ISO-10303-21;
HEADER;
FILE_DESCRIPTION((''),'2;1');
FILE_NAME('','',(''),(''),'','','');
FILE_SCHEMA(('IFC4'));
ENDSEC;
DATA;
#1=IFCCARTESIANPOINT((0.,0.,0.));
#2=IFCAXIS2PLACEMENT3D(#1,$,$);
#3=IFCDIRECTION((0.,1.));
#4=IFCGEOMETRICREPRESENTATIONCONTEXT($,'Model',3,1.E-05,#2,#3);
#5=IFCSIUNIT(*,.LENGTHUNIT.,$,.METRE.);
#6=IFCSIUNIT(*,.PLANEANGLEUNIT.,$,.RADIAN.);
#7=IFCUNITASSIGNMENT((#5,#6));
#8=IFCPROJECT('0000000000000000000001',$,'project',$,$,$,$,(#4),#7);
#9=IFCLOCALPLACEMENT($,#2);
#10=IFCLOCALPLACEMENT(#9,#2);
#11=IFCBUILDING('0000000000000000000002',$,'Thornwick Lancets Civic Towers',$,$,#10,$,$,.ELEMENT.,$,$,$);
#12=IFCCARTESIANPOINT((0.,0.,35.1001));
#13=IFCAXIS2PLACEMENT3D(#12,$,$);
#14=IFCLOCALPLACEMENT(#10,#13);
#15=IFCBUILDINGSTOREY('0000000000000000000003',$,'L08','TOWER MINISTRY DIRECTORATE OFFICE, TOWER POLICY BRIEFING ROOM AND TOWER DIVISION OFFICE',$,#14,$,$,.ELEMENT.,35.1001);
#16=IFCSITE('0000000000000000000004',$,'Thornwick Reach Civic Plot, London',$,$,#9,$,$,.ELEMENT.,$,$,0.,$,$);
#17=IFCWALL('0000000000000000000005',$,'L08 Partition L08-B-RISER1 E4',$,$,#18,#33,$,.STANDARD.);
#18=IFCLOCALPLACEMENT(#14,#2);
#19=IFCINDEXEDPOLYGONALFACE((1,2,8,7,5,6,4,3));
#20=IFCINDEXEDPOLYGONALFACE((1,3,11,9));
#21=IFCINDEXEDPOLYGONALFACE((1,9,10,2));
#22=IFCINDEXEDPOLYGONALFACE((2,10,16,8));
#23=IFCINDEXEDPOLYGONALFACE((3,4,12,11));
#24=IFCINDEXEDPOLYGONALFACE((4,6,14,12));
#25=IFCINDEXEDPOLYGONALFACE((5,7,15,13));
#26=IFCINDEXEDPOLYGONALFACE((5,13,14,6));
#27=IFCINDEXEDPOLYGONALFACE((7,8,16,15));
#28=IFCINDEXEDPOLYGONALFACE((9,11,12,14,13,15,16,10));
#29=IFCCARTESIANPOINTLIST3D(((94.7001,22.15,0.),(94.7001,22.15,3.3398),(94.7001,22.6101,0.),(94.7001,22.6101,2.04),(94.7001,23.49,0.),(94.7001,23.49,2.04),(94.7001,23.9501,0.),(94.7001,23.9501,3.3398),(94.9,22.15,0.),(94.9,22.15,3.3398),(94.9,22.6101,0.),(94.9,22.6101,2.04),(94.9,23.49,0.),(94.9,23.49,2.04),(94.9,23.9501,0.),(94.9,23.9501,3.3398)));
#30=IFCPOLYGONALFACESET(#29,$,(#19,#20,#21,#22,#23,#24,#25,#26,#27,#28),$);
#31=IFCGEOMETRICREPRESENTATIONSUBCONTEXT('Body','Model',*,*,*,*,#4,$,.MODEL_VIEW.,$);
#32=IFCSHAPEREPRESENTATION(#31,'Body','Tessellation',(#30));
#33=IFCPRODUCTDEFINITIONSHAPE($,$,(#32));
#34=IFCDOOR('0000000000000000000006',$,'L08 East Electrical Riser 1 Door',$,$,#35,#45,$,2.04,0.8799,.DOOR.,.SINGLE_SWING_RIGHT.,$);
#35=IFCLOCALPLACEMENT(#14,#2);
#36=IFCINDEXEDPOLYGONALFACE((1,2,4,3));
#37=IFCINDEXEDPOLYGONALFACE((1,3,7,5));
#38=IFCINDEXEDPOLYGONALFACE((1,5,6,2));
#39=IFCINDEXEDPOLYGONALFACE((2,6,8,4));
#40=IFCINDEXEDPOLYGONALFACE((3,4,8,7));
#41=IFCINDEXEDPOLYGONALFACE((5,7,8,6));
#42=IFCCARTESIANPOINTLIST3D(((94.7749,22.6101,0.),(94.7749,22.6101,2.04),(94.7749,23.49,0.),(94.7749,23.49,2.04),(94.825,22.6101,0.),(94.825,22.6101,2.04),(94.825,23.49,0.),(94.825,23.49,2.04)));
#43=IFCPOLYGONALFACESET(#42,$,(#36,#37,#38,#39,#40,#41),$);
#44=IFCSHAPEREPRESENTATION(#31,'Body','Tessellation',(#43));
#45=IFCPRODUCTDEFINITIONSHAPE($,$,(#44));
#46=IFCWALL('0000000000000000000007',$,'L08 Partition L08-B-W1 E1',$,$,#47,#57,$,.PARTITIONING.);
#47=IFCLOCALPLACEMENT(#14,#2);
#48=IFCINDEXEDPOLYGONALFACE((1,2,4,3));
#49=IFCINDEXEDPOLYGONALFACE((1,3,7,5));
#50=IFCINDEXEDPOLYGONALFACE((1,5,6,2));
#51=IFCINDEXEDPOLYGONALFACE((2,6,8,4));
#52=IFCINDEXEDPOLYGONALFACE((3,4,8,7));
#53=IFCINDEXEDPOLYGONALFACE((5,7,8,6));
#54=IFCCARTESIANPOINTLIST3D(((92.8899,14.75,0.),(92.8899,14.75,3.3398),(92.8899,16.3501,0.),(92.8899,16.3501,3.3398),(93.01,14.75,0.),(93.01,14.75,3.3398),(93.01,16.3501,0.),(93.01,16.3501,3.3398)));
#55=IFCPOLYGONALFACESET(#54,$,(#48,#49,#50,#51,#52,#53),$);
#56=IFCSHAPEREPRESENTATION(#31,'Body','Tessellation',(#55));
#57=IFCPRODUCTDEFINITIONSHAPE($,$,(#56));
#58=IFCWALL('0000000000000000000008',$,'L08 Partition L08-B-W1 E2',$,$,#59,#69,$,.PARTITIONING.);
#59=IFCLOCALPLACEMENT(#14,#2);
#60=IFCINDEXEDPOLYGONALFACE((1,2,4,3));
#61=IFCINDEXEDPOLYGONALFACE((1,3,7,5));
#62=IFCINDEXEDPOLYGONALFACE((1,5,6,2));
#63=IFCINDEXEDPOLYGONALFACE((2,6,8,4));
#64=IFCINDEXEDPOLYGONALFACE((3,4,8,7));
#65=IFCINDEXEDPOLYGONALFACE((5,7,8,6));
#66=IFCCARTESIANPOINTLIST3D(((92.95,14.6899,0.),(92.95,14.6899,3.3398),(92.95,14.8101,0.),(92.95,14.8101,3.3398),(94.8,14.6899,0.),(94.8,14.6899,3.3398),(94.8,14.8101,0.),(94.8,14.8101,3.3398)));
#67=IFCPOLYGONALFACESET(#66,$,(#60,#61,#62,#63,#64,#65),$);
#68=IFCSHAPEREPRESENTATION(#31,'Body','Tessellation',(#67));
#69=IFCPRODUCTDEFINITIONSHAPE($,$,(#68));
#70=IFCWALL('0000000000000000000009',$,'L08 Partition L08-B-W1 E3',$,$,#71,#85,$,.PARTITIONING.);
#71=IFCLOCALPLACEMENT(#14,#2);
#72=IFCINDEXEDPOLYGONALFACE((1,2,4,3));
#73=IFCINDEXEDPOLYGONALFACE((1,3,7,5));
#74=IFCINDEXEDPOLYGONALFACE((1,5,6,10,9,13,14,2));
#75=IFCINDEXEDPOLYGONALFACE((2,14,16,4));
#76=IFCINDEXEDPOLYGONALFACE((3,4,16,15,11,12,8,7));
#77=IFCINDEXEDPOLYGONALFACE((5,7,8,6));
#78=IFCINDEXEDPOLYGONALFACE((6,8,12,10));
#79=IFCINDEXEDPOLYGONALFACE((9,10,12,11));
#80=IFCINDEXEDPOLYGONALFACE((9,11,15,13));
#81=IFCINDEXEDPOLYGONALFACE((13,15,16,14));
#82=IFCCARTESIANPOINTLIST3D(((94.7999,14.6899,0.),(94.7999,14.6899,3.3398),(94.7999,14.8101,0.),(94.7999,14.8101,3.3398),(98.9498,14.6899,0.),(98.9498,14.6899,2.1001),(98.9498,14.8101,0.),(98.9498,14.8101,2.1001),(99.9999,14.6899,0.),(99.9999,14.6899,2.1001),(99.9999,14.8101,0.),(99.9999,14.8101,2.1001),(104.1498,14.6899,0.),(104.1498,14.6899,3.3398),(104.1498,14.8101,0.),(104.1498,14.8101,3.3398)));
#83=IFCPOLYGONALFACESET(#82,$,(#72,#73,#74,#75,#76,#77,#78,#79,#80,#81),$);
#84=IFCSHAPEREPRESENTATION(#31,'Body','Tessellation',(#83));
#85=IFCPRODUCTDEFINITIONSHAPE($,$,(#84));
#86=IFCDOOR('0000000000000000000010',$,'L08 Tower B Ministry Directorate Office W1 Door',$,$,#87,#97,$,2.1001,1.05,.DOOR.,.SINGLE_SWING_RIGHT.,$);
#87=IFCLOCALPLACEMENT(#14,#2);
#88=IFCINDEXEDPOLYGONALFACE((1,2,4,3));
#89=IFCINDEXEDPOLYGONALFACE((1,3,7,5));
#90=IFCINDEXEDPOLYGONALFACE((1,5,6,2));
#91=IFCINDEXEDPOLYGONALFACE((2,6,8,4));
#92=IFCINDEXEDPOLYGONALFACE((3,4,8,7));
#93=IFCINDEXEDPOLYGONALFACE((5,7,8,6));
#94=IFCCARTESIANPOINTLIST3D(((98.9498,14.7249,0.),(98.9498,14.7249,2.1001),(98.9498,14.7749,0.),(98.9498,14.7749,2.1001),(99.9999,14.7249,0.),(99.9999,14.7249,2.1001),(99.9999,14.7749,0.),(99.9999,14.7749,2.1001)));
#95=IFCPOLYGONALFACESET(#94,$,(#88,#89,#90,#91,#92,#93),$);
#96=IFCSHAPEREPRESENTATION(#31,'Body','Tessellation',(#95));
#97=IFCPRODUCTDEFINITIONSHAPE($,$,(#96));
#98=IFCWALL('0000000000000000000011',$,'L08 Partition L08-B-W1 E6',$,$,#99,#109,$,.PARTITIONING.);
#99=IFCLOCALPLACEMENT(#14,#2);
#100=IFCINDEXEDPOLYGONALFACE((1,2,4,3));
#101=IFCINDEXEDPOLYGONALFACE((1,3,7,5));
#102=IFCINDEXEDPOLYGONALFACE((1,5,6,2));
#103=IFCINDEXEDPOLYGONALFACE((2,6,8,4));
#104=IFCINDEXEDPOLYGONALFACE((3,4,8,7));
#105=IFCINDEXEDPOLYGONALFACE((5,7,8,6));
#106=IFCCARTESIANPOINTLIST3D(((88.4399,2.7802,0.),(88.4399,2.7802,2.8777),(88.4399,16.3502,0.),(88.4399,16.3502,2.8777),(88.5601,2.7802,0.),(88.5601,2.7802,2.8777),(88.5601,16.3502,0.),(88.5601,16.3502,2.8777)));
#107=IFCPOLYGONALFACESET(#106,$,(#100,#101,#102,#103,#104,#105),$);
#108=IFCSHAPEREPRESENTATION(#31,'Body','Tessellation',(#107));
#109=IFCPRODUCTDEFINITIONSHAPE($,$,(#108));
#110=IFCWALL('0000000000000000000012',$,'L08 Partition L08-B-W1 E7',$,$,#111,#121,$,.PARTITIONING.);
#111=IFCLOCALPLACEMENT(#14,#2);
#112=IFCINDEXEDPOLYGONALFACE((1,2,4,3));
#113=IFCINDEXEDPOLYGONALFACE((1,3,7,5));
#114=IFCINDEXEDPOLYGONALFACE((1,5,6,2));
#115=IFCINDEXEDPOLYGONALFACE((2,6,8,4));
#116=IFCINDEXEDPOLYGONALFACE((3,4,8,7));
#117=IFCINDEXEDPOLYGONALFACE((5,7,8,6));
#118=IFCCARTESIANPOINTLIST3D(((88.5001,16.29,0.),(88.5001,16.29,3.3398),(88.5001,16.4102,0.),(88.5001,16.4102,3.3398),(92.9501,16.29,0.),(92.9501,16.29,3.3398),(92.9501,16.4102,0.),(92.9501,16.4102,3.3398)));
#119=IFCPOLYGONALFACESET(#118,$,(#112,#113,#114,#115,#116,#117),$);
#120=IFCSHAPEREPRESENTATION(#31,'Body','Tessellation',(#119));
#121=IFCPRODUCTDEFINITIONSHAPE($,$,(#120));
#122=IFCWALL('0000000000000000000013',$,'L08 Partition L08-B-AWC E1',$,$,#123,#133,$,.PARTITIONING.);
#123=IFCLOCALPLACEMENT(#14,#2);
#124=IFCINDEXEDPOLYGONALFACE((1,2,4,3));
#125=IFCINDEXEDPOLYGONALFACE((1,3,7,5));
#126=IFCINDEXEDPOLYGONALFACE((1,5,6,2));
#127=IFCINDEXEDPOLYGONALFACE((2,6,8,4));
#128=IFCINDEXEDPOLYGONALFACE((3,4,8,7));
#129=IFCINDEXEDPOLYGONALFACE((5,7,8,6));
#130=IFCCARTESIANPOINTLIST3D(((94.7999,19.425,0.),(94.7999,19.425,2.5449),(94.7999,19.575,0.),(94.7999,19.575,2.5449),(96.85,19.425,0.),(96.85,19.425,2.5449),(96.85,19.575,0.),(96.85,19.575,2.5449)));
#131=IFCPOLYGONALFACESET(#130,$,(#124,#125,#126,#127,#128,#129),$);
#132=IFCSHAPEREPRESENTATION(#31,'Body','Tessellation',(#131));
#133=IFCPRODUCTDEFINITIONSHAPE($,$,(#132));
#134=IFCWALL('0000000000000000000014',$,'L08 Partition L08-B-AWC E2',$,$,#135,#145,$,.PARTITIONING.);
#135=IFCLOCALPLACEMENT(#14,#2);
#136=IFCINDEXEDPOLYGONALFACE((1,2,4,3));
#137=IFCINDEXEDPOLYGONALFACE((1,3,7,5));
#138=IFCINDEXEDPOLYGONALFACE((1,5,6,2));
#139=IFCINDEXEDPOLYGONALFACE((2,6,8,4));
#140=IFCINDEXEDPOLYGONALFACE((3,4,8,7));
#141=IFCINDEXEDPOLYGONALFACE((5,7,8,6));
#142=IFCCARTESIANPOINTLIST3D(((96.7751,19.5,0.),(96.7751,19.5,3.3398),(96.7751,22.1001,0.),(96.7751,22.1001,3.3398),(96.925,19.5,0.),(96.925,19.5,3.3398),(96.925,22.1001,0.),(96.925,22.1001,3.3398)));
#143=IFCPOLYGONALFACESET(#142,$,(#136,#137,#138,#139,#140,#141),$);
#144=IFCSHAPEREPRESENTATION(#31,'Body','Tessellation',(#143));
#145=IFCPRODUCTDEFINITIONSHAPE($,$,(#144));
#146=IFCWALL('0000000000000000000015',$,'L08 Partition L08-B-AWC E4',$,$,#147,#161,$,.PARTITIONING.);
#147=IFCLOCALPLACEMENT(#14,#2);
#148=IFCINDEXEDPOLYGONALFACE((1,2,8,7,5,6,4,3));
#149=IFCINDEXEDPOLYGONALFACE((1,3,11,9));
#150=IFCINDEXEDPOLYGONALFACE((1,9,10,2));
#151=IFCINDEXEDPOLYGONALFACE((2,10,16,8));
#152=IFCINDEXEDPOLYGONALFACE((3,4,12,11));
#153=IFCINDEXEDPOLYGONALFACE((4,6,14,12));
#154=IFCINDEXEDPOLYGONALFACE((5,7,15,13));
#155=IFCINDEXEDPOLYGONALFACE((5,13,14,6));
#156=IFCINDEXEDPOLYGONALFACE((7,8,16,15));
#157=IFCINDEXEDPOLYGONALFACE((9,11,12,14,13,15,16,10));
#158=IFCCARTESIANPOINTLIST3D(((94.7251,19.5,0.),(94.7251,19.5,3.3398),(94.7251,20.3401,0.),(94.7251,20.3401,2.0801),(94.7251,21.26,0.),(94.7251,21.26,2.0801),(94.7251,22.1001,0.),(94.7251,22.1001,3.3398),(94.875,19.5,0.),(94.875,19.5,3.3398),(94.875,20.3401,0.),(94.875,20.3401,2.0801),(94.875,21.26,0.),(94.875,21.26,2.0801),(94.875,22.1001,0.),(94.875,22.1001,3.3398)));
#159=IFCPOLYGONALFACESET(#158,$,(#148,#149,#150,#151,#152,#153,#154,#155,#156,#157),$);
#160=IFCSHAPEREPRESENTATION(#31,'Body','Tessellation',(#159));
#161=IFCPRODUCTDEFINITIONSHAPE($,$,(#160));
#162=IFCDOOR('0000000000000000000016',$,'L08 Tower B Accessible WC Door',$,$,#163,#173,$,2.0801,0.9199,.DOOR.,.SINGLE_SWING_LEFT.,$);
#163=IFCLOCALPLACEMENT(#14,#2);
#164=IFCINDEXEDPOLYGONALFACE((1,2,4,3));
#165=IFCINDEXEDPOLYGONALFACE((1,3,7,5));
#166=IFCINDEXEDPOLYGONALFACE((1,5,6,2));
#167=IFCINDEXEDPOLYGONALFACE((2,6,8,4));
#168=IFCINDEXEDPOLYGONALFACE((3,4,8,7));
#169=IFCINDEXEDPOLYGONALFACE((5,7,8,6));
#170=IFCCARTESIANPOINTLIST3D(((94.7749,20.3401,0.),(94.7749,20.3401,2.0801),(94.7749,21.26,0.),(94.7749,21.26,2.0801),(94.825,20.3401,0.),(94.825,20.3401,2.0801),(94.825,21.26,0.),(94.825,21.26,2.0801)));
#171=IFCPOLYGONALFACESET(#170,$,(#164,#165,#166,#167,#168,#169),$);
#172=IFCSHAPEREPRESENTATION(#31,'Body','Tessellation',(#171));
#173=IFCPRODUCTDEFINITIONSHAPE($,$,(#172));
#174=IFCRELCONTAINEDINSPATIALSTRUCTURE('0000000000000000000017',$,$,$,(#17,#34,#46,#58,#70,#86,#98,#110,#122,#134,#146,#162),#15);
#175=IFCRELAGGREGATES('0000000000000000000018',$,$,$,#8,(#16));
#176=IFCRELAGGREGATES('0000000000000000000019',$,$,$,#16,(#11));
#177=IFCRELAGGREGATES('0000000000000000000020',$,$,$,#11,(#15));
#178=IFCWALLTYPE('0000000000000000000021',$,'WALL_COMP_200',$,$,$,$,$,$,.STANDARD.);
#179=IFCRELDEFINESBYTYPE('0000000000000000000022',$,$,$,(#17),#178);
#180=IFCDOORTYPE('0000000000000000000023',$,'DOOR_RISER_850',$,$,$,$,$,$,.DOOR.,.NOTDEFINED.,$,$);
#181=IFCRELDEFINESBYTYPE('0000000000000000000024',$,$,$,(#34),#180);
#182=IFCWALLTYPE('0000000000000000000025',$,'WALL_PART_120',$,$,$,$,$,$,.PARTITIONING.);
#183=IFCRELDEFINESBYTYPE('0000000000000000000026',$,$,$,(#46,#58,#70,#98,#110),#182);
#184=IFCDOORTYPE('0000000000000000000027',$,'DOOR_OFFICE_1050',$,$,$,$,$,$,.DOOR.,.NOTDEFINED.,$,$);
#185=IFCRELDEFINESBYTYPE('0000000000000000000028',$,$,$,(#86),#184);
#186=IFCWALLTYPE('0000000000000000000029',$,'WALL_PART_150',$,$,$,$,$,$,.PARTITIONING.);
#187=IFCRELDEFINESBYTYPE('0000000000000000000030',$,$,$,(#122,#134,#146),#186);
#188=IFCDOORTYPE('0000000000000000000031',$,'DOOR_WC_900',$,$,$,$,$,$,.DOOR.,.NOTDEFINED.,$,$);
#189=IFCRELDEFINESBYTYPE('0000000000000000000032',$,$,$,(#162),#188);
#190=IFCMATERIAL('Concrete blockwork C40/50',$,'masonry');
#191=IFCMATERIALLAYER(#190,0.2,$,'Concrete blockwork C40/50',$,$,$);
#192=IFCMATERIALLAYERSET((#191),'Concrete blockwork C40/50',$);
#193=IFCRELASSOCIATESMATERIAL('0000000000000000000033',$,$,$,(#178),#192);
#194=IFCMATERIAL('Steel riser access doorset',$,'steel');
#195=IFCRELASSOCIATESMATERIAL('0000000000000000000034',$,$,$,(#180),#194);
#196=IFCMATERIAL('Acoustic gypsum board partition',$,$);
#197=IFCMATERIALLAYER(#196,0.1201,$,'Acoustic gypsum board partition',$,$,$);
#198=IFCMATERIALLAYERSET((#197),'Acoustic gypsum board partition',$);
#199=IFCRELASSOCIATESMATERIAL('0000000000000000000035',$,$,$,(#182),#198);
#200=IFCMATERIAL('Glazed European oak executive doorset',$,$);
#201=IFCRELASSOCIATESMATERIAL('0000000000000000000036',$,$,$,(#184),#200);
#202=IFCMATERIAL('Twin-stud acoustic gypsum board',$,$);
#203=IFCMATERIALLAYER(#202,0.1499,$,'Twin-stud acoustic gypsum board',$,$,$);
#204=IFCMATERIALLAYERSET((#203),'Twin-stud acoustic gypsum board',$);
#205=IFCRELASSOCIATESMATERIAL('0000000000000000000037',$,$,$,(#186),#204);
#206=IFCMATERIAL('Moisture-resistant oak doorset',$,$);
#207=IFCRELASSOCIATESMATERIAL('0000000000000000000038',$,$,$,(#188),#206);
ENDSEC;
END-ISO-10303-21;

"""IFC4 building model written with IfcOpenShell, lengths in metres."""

from ifc_helpers import new_model, si_unit, direction, frame, frame_2d, origin, place, context, subcontext, project, spatial, rectangle, extrude, material, layer, layer_set, type_object, element, fill, save


model = new_model("IFC4")

# Units and contexts
model_context = context("Model", 3, precision=1e-05, world=origin(), true_north=direction((0.0, 1.0)))
body_context = subcontext(model_context, "Body", "Model", "MODEL_VIEW")
ifc_project = project(units=[si_unit("LENGTHUNIT", "METRE"), si_unit("PLANEANGLEUNIT", "RADIAN")], contexts=[model_context])

# Site, building, storey
site_placement = place(None, origin())
site = spatial("IfcSite", under=ifc_project, at=site_placement, Name="Thornwick Reach Civic Plot, London", CompositionType="ELEMENT", RefElevation=0.0)
building_placement = place(site_placement, origin())
building = spatial("IfcBuilding", under=site, at=building_placement, Name="Thornwick Lancets Civic Towers", CompositionType="ELEMENT")
storey_placement = place(building_placement, frame((0.0, 0.0, 35.1001)))
storey = spatial("IfcBuildingStorey", under=building, at=storey_placement, Name="L08", Description="TOWER MINISTRY DIRECTORATE OFFICE, TOWER POLICY BRIEFING ROOM AND TOWER DIVISION OFFICE", CompositionType="ELEMENT", Elevation=35.1001)

# Shared definitions
ifc_material_1 = material(Name="Concrete blockwork C40/50", Category="masonry")
ifc_layer_1 = layer(ifc_material_1, 0.2, Name="Concrete blockwork C40/50")
ifc_layer_set_1 = layer_set([ifc_layer_1], Name="Concrete blockwork C40/50")
wall_type_1 = type_object("IfcWallType", Name="WALL_COMP_200", PredefinedType="STANDARD", material=ifc_layer_set_1)

# Wall, opening, door
wall_1_placement = place(storey_placement, frame((94.8, 23.95, 0.0), z_axis=(0.0, 0.0, 1.0), x_axis=(0.0, -1.0, 0.0)))
wall_1 = element("IfcWall", 1, at=wall_1_placement, inside=storey, type_object=wall_type_1, Name="L08 Partition L08-B-RISER1 E4", PredefinedType="STANDARD", context=body_context, shape_type="SweptSolid", body=[
    extrude(rectangle(XDim=1.8, YDim=0.2, at=frame_2d((0.8999, 0.0))), origin(), (0.0, 0.0, 1.0), 3.3398),
])
opening_1_placement = place(wall_1_placement, frame((0.46, 0.0, 0.0)))
opening_1 = element("IfcOpeningElement", 2, at=opening_1_placement, cuts=wall_1, PredefinedType="OPENING", context=body_context, shape_type="SweptSolid", body=[
    extrude(rectangle(XDim=0.8799, YDim=2.04, at=frame_2d((0.4399, 1.02))), frame((0.0, 0.1099, 0.0), z_axis=(0.0, -1.0, 0.0), x_axis=(1.0, 0.0, 0.0)), (0.0, 0.0, 1.0), 0.22),
])
ifc_material_2 = material(Name="Steel riser access doorset", Category="steel")
door_type_1 = type_object("IfcDoorType", Name="DOOR_RISER_850", OperationType="NOTDEFINED", PredefinedType="DOOR", material=ifc_material_2)
door_1_placement = place(opening_1_placement, origin())
door_1 = element("IfcDoor", 3, at=door_1_placement, inside=storey, type_object=door_type_1, Name="L08 East Electrical Riser 1 Door", OperationType="SINGLE_SWING_RIGHT", OverallHeight=2.04, OverallWidth=0.8799, PredefinedType="DOOR", context=body_context, shape_type="SweptSolid", body=[
    extrude(rectangle(XDim=0.8799, YDim=2.04, at=frame_2d((0.4399, 1.02))), frame((0.0, 0.0249, 0.0), z_axis=(0.0, -1.0, 0.0), x_axis=(1.0, 0.0, 0.0)), (0.0, 0.0, 1.0), 0.05),
])
fill(opening_1, door_1)

# Walls
ifc_material_3 = material(Name="Acoustic gypsum board partition")
ifc_layer_2 = layer(ifc_material_3, 0.1201, Name="Acoustic gypsum board partition")
ifc_layer_set_2 = layer_set([ifc_layer_2], Name="Acoustic gypsum board partition")
wall_type_2 = type_object("IfcWallType", Name="WALL_PART_120", PredefinedType="PARTITIONING", material=ifc_layer_set_2)
wall_2_placement = place(storey_placement, frame((92.95, 16.3501, 0.0), z_axis=(0.0, 0.0, 1.0), x_axis=(0.0, -1.0, 0.0)))
element("IfcWall", 4, at=wall_2_placement, inside=storey, type_object=wall_type_2, Name="L08 Partition L08-B-W1 E1", PredefinedType="PARTITIONING", context=body_context, shape_type="SweptSolid", body=[
    extrude(rectangle(XDim=1.6001, YDim=0.1201, at=frame_2d((0.8, 0.0))), origin(), (0.0, 0.0, 1.0), 3.3398),
])
wall_3_placement = place(storey_placement, frame((92.95, 14.75, 0.0), z_axis=(0.0, 0.0, 1.0), x_axis=(1.0, 0.0, 0.0)))
element("IfcWall", 5, at=wall_3_placement, inside=storey, type_object=wall_type_2, Name="L08 Partition L08-B-W1 E2", PredefinedType="PARTITIONING", context=body_context, shape_type="SweptSolid", body=[
    extrude(rectangle(XDim=1.8501, YDim=0.1201, at=frame_2d((0.925, 0.0))), origin(), (0.0, 0.0, 1.0), 3.3398),
])

# Wall, opening, door
wall_4_placement = place(storey_placement, frame((94.8, 14.75, 0.0), z_axis=(0.0, 0.0, 1.0), x_axis=(1.0, 0.0, 0.0)))
wall_4 = element("IfcWall", 6, at=wall_4_placement, inside=storey, type_object=wall_type_2, Name="L08 Partition L08-B-W1 E3", PredefinedType="PARTITIONING", context=body_context, shape_type="SweptSolid", body=[
    extrude(rectangle(XDim=9.3499, YDim=0.1201, at=frame_2d((4.6748, 0.0))), origin(), (0.0, 0.0, 1.0), 3.3398),
])
opening_2_placement = place(wall_4_placement, frame((4.1499, 0.0, 0.0)))
opening_2 = element("IfcOpeningElement", 7, at=opening_2_placement, cuts=wall_4, PredefinedType="OPENING", context=body_context, shape_type="SweptSolid", body=[
    extrude(rectangle(XDim=1.05, YDim=2.1001, at=frame_2d((0.5249, 1.05))), frame((0.0, 0.0701, 0.0), z_axis=(0.0, -1.0, 0.0), x_axis=(1.0, 0.0, 0.0)), (0.0, 0.0, 1.0), 0.1401),
])
ifc_material_4 = material(Name="Glazed European oak executive doorset")
door_type_2 = type_object("IfcDoorType", Name="DOOR_OFFICE_1050", OperationType="NOTDEFINED", PredefinedType="DOOR", material=ifc_material_4)
door_2_placement = place(opening_2_placement, origin())
door_2 = element("IfcDoor", 8, at=door_2_placement, inside=storey, type_object=door_type_2, Name="L08 Tower B Ministry Directorate Office W1 Door", OperationType="SINGLE_SWING_RIGHT", OverallHeight=2.1001, OverallWidth=1.05, PredefinedType="DOOR", context=body_context, shape_type="SweptSolid", body=[
    extrude(rectangle(XDim=1.05, YDim=2.1001, at=frame_2d((0.5249, 1.05))), frame((0.0, 0.0249, 0.0), z_axis=(0.0, -1.0, 0.0), x_axis=(1.0, 0.0, 0.0)), (0.0, 0.0, 1.0), 0.05),
])
fill(opening_2, door_2)

# Walls
wall_5_placement = place(storey_placement, frame((88.5, 2.78, 0.0), z_axis=(0.0, 0.0, 1.0), x_axis=(0.0, 1.0, 0.0)))
element("IfcWall", 9, at=wall_5_placement, inside=storey, type_object=wall_type_2, Name="L08 Partition L08-B-W1 E6", PredefinedType="PARTITIONING", context=body_context, shape_type="SweptSolid", body=[
    extrude(rectangle(XDim=13.5701, YDim=0.1201, at=frame_2d((6.7852, 0.0))), origin(), (0.0, 0.0, 1.0), 2.8777),
])
wall_6_placement = place(storey_placement, frame((88.5, 16.3501, 0.0), z_axis=(0.0, 0.0, 1.0), x_axis=(1.0, 0.0, 0.0)))
element("IfcWall", 10, at=wall_6_placement, inside=storey, type_object=wall_type_2, Name="L08 Partition L08-B-W1 E7", PredefinedType="PARTITIONING", context=body_context, shape_type="SweptSolid", body=[
    extrude(rectangle(XDim=4.45, YDim=0.1201, at=frame_2d((2.2251, 0.0))), origin(), (0.0, 0.0, 1.0), 3.3398),
])
ifc_material_5 = material(Name="Twin-stud acoustic gypsum board")
ifc_layer_3 = layer(ifc_material_5, 0.1499, Name="Twin-stud acoustic gypsum board")
ifc_layer_set_3 = layer_set([ifc_layer_3], Name="Twin-stud acoustic gypsum board")
wall_type_3 = type_object("IfcWallType", Name="WALL_PART_150", PredefinedType="PARTITIONING", material=ifc_layer_set_3)
wall_7_placement = place(storey_placement, frame((94.8, 19.5, 0.0), z_axis=(0.0, 0.0, 1.0), x_axis=(1.0, 0.0, 0.0)))
element("IfcWall", 11, at=wall_7_placement, inside=storey, type_object=wall_type_3, Name="L08 Partition L08-B-AWC E1", PredefinedType="PARTITIONING", context=body_context, shape_type="SweptSolid", body=[
    extrude(rectangle(XDim=2.05, YDim=0.1499, at=frame_2d((1.0249, 0.0))), origin(), (0.0, 0.0, 1.0), 2.5449),
])
wall_8_placement = place(storey_placement, frame((96.8501, 19.5, 0.0), z_axis=(0.0, 0.0, 1.0), x_axis=(0.0, 1.0, 0.0)))
element("IfcWall", 12, at=wall_8_placement, inside=storey, type_object=wall_type_3, Name="L08 Partition L08-B-AWC E2", PredefinedType="PARTITIONING", context=body_context, shape_type="SweptSolid", body=[
    extrude(rectangle(XDim=2.6001, YDim=0.1499, at=frame_2d((1.3, 0.0))), origin(), (0.0, 0.0, 1.0), 3.3398),
])

# Wall, opening, door
wall_9_placement = place(storey_placement, frame((94.8, 22.1001, 0.0), z_axis=(0.0, 0.0, 1.0), x_axis=(0.0, -1.0, 0.0)))
wall_9 = element("IfcWall", 13, at=wall_9_placement, inside=storey, type_object=wall_type_3, Name="L08 Partition L08-B-AWC E4", PredefinedType="PARTITIONING", context=body_context, shape_type="SweptSolid", body=[
    extrude(rectangle(XDim=2.6001, YDim=0.1499, at=frame_2d((1.3, 0.0))), origin(), (0.0, 0.0, 1.0), 3.3398),
])
opening_3_placement = place(wall_9_placement, frame((0.8401, 0.0, 0.0)))
opening_3 = element("IfcOpeningElement", 14, at=opening_3_placement, cuts=wall_9, PredefinedType="OPENING", context=body_context, shape_type="SweptSolid", body=[
    extrude(rectangle(XDim=0.9199, YDim=2.0801, at=frame_2d((0.46, 1.04))), frame((0.0, 0.085, 0.0), z_axis=(0.0, -1.0, 0.0), x_axis=(1.0, 0.0, 0.0)), (0.0, 0.0, 1.0), 0.1699),
])
ifc_material_6 = material(Name="Moisture-resistant oak doorset")
door_type_3 = type_object("IfcDoorType", Name="DOOR_WC_900", OperationType="NOTDEFINED", PredefinedType="DOOR", material=ifc_material_6)
door_3_placement = place(opening_3_placement, origin())
door_3 = element("IfcDoor", 15, at=door_3_placement, inside=storey, type_object=door_type_3, Name="L08 Tower B Accessible WC Door", OperationType="SINGLE_SWING_LEFT", OverallHeight=2.0801, OverallWidth=0.9199, PredefinedType="DOOR", context=body_context, shape_type="SweptSolid", body=[
    extrude(rectangle(XDim=0.9199, YDim=2.0801, at=frame_2d((0.46, 1.04))), frame((0.0, 0.0249, 0.0), z_axis=(0.0, -1.0, 0.0), x_axis=(1.0, 0.0, 0.0)), (0.0, 0.0, 1.0), 0.05),
])
fill(opening_3, door_3)

save(model, "model.ifc")
